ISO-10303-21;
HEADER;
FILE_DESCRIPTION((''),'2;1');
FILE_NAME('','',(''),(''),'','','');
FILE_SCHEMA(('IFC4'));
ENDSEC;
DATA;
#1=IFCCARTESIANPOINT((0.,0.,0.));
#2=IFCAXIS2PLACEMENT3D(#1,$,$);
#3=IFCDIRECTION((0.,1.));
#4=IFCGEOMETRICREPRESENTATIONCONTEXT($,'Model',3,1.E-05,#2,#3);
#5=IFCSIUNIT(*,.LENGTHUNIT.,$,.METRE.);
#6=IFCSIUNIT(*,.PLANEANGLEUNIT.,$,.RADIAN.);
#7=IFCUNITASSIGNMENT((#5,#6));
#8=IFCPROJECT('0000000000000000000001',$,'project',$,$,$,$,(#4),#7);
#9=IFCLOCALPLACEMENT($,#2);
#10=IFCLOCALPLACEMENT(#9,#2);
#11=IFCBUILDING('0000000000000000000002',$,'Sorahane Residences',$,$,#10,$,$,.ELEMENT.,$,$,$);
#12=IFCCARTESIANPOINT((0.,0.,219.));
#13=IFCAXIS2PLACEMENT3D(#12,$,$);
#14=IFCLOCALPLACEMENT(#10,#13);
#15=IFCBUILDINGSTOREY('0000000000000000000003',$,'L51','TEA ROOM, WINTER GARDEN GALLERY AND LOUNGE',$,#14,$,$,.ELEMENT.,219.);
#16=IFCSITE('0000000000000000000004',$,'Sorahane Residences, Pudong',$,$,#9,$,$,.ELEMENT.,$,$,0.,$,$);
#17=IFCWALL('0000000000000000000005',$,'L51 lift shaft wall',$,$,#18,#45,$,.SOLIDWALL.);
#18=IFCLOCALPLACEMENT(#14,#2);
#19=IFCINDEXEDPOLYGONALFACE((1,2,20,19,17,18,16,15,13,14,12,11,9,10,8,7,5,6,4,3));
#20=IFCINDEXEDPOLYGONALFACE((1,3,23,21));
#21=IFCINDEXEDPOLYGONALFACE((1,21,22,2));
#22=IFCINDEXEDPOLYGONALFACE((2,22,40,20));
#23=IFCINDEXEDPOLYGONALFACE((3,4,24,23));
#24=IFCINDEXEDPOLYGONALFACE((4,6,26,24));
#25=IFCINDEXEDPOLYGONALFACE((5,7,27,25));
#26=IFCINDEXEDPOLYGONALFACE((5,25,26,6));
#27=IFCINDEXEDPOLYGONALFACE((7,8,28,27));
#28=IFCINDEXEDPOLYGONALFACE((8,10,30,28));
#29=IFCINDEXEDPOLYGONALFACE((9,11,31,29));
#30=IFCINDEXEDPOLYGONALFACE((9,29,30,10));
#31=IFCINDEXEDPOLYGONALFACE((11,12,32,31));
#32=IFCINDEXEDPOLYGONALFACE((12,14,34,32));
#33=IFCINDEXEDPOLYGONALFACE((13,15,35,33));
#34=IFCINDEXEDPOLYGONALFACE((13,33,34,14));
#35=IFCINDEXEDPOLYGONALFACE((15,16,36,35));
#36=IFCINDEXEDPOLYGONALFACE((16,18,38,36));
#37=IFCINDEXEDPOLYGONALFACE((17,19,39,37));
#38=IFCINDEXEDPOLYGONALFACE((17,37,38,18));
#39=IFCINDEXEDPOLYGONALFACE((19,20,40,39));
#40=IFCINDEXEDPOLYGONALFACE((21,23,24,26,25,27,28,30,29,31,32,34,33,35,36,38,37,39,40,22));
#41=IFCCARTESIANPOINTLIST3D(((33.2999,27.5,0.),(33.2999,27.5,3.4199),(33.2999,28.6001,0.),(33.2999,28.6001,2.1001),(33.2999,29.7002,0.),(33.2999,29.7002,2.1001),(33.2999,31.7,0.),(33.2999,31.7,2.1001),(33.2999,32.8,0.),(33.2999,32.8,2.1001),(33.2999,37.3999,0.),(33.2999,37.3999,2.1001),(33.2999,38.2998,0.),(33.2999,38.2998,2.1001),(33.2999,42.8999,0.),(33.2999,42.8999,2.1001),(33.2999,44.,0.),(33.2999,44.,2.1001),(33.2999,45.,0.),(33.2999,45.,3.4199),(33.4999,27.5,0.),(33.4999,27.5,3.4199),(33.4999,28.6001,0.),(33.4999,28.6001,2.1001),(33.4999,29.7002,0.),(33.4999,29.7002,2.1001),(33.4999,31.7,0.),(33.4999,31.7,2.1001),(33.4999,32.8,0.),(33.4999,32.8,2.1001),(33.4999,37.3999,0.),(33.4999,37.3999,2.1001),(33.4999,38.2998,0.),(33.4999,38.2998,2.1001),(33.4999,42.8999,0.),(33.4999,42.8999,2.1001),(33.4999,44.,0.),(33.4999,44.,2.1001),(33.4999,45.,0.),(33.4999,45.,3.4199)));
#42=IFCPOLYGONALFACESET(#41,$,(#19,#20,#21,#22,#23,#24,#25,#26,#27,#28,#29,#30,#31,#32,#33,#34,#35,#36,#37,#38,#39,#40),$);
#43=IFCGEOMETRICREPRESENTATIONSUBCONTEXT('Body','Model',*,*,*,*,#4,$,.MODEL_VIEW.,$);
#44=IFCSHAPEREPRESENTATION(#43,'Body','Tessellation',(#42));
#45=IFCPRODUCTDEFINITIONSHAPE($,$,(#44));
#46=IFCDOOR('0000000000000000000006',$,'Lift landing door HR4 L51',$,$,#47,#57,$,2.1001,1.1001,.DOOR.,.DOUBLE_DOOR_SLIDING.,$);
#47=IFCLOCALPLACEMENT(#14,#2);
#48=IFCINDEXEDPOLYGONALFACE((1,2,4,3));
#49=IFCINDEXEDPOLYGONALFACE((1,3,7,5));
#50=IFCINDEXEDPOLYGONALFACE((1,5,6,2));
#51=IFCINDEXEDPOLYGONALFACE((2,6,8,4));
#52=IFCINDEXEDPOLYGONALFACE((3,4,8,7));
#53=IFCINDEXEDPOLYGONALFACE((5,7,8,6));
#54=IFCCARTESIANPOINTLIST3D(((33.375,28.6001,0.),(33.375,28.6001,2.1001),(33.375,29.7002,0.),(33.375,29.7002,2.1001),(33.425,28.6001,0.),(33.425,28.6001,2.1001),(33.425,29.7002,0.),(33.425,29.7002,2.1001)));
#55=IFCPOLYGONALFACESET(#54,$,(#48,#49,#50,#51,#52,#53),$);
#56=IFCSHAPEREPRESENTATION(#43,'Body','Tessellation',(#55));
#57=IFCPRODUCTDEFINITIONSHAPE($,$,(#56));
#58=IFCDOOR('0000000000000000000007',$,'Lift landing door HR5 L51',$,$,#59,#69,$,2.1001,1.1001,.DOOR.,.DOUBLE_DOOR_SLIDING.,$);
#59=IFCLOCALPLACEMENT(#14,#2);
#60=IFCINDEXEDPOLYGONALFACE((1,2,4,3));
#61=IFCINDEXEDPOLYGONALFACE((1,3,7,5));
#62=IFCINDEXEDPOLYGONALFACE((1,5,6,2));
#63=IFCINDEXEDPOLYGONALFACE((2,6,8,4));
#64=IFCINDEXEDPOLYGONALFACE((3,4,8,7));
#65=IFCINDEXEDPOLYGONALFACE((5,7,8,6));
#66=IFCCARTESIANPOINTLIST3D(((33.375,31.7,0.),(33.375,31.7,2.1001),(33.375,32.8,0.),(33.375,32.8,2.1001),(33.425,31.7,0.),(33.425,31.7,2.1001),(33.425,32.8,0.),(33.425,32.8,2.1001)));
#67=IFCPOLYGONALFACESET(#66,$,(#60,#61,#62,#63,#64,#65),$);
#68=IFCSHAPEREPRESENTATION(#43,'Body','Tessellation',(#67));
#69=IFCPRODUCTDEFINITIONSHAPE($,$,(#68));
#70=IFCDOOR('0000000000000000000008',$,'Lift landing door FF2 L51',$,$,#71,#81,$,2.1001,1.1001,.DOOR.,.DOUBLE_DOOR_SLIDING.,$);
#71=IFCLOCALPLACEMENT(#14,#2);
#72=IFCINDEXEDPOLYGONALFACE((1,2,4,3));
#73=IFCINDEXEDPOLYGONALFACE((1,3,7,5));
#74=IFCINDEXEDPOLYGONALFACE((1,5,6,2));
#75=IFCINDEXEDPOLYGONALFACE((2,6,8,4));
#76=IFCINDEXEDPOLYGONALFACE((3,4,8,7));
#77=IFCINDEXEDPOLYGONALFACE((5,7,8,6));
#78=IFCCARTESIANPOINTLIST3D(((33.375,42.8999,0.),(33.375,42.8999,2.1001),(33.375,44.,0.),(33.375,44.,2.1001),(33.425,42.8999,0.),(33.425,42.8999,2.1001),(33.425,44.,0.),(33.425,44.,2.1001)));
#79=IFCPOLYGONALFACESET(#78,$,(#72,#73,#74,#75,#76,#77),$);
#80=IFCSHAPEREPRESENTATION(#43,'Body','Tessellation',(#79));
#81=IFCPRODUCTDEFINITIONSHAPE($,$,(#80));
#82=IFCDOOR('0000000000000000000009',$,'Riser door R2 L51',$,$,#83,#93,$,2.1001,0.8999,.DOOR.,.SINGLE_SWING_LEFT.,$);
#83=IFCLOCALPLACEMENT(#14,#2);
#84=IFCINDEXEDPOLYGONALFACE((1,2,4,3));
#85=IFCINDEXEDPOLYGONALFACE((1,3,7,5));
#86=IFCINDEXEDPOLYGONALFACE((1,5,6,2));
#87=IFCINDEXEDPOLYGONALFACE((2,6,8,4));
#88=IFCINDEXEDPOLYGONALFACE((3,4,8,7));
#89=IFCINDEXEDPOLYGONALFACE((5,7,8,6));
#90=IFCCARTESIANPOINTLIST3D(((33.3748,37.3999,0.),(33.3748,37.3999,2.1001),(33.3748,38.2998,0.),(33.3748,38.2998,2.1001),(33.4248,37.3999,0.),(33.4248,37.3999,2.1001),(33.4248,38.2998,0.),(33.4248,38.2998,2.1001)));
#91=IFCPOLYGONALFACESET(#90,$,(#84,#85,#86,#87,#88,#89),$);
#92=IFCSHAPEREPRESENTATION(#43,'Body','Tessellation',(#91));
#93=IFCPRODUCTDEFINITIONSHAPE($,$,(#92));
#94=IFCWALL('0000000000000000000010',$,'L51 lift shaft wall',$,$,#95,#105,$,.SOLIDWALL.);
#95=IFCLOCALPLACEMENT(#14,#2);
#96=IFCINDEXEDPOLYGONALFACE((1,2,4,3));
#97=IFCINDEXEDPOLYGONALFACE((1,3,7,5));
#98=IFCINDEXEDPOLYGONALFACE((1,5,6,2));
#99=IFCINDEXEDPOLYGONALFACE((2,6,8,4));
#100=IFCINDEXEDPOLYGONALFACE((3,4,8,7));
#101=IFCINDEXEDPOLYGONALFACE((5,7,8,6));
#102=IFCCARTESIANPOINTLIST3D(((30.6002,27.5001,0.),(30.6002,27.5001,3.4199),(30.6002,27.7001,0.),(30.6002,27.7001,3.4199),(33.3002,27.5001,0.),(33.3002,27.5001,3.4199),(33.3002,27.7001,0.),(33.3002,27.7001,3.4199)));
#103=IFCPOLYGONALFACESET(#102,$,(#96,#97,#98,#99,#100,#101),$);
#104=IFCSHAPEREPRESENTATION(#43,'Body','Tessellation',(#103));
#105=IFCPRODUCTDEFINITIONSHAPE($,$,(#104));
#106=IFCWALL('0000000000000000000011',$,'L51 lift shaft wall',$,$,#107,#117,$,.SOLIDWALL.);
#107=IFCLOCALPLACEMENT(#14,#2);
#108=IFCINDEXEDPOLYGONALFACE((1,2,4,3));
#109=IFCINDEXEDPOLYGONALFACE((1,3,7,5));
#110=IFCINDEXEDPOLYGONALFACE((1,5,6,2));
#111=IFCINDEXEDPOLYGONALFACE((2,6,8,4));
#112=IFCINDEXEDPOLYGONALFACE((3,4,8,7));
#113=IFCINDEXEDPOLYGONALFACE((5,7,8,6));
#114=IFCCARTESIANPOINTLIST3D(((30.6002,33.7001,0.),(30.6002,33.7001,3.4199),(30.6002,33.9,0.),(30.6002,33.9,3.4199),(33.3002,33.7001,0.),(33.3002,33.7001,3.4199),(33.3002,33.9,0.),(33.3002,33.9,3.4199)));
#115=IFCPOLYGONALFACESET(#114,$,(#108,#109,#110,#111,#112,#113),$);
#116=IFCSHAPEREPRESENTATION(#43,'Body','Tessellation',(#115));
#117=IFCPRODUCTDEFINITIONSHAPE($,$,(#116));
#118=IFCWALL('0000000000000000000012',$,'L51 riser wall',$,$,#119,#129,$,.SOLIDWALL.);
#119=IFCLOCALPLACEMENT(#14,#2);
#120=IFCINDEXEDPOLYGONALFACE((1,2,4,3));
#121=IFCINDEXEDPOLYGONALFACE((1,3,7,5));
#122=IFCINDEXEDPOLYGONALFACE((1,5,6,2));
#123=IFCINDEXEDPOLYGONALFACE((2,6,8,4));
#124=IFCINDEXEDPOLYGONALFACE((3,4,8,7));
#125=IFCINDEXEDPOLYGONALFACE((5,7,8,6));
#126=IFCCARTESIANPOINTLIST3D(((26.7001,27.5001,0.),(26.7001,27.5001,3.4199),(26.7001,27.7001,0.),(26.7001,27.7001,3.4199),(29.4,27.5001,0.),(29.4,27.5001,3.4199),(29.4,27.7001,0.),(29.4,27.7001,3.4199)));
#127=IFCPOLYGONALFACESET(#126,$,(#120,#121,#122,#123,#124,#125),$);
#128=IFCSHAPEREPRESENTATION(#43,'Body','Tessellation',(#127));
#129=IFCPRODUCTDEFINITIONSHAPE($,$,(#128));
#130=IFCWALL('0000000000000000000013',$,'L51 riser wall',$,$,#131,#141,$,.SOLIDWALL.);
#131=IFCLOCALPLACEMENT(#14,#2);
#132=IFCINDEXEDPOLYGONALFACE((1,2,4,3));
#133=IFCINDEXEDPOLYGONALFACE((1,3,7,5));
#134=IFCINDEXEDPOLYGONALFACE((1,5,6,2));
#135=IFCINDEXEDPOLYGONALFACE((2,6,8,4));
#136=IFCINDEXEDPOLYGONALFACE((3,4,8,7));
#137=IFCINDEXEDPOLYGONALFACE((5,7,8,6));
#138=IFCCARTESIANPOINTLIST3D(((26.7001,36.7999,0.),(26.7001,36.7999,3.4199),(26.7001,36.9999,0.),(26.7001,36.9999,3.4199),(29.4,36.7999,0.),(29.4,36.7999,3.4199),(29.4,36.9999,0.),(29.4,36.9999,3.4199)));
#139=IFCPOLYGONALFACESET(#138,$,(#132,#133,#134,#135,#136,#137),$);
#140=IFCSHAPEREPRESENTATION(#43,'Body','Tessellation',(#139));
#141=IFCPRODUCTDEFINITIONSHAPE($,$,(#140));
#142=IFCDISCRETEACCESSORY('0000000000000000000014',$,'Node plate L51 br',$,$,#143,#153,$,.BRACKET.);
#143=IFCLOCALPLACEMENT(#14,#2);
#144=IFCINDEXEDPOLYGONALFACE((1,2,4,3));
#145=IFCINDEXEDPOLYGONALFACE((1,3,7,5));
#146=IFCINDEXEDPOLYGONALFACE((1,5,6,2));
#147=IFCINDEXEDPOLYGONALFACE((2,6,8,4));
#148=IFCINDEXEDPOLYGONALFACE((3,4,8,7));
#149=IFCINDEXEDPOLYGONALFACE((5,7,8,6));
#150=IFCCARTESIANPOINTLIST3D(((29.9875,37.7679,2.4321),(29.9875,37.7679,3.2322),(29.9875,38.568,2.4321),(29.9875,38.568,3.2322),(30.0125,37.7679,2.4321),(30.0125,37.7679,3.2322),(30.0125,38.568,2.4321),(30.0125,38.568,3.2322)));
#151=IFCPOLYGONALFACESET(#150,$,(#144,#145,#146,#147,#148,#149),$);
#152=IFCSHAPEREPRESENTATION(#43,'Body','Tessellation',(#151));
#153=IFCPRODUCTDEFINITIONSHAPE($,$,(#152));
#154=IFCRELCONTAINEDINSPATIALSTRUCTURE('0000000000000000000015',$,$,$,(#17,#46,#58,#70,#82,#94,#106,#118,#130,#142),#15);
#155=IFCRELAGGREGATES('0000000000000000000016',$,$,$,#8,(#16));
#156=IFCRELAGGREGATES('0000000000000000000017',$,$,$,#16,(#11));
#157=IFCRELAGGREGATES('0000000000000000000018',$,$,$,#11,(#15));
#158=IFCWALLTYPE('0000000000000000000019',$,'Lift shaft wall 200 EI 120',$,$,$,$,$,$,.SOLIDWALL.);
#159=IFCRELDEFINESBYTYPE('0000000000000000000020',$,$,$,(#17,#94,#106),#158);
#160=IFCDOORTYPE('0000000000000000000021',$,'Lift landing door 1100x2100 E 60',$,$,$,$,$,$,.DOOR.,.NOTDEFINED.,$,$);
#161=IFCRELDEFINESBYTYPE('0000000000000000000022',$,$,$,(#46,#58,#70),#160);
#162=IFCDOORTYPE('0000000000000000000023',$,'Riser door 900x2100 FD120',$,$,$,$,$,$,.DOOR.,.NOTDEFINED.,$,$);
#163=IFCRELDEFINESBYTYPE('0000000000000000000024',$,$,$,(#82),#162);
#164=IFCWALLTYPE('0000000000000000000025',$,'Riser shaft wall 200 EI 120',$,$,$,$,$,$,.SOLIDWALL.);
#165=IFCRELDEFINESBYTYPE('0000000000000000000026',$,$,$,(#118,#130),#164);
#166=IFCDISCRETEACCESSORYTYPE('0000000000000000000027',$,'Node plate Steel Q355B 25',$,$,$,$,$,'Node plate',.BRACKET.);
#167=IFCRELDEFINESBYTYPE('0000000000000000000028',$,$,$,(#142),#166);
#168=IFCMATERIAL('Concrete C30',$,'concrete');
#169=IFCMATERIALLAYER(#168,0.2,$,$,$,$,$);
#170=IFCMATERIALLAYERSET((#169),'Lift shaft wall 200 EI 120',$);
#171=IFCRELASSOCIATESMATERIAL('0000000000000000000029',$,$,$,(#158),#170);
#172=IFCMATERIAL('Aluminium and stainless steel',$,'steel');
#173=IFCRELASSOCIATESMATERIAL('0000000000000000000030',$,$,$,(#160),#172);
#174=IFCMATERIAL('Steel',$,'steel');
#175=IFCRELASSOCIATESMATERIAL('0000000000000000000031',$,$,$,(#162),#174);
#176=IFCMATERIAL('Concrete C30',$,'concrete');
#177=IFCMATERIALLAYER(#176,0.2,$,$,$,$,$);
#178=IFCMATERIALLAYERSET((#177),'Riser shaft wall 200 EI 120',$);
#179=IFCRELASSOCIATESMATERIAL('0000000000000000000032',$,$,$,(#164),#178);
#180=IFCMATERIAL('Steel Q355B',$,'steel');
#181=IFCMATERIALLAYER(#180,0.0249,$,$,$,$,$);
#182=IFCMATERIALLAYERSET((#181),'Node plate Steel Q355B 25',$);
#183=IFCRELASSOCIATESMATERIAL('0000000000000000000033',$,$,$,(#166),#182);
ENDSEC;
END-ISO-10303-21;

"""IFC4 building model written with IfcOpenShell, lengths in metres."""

from ifc_helpers import new_model, si_unit, direction, frame, frame_2d, origin, origin_2d, place, context, subcontext, project, spatial, rectangle, extrude, material, layer, layer_set, type_object, element, fill, save


model = new_model("IFC4")

# Units and contexts
model_context = context("Model", 3, precision=1e-05, world=origin(), true_north=direction((0.0, 1.0)))
body_context = subcontext(model_context, "Body", "Model", "MODEL_VIEW")
ifc_project = project(units=[si_unit("LENGTHUNIT", "METRE"), si_unit("PLANEANGLEUNIT", "RADIAN")], contexts=[model_context])

# Site, building, storey
site_placement = place(None, origin())
site = spatial("IfcSite", under=ifc_project, at=site_placement, Name="Sorahane Residences, Pudong", CompositionType="ELEMENT", RefElevation=0.0)
building_placement = place(site_placement, origin())
building = spatial("IfcBuilding", under=site, at=building_placement, Name="Sorahane Residences", CompositionType="ELEMENT")
storey_placement = place(building_placement, frame((0.0, 0.0, 219.0)))
storey = spatial("IfcBuildingStorey", under=building, at=storey_placement, Name="L51", Description="TEA ROOM, WINTER GARDEN GALLERY AND LOUNGE", CompositionType="ELEMENT", Elevation=219.0)

# Wall, openings, doors
ifc_material_1 = material(Name="Concrete C30", Category="concrete")
ifc_layer_1 = layer(ifc_material_1, 0.2)
ifc_layer_set_1 = layer_set([ifc_layer_1], Name="Lift shaft wall 200 EI 120")
wall_type_1 = type_object("IfcWallType", Name="Lift shaft wall 200 EI 120", PredefinedType="SOLIDWALL", material=ifc_layer_set_1)
wall_1_placement = place(storey_placement, frame((33.3999, 27.5, 0.0), z_axis=(0.0, 0.0, 1.0), x_axis=(0.0, 1.0, 0.0)))
wall_1 = element("IfcWall", 1, at=wall_1_placement, inside=storey, type_object=wall_type_1, Name="L51 lift shaft wall", PredefinedType="SOLIDWALL", context=body_context, shape_type="SweptSolid", body=[
    extrude(rectangle(XDim=17.5, YDim=0.2, at=frame_2d((8.75, 0.0))), origin(), (0.0, 0.0, 1.0), 3.4199),
])
opening_1_placement = place(wall_1_placement, frame((1.1001, 0.0, 0.0)))
opening_1 = element("IfcOpeningElement", 2, at=opening_1_placement, cuts=wall_1, PredefinedType="OPENING", context=body_context, shape_type="SweptSolid", body=[
    extrude(rectangle(XDim=1.1001, YDim=2.1001, at=frame_2d((0.55, 1.05))), frame((0.0, 0.1099, 0.0), z_axis=(0.0, -1.0, 0.0), x_axis=(1.0, 0.0, 0.0)), (0.0, 0.0, 1.0), 0.22),
])
opening_2_placement = place(wall_1_placement, frame((4.2, 0.0, 0.0)))
opening_2 = element("IfcOpeningElement", 3, at=opening_2_placement, cuts=wall_1, PredefinedType="OPENING", context=body_context, shape_type="SweptSolid", body=[
    extrude(rectangle(XDim=1.1001, YDim=2.1001, at=frame_2d((0.55, 1.05))), frame((0.0, 0.1099, 0.0), z_axis=(0.0, -1.0, 0.0), x_axis=(1.0, 0.0, 0.0)), (0.0, 0.0, 1.0), 0.22),
])
opening_3_placement = place(wall_1_placement, frame((15.3999, 0.0, 0.0)))
opening_3 = element("IfcOpeningElement", 4, at=opening_3_placement, cuts=wall_1, PredefinedType="OPENING", context=body_context, shape_type="SweptSolid", body=[
    extrude(rectangle(XDim=1.1001, YDim=2.1001, at=frame_2d((0.55, 1.05))), frame((0.0, 0.1099, 0.0), z_axis=(0.0, -1.0, 0.0), x_axis=(1.0, 0.0, 0.0)), (0.0, 0.0, 1.0), 0.22),
])
opening_4_placement = place(wall_1_placement, frame((9.8999, 0.0, 0.0)))
opening_4 = element("IfcOpeningElement", 5, at=opening_4_placement, cuts=wall_1, PredefinedType="OPENING", context=body_context, shape_type="SweptSolid", body=[
    extrude(rectangle(XDim=0.8999, YDim=2.1001, at=frame_2d((0.45, 1.05))), frame((0.0, 0.1099, 0.0), z_axis=(0.0, -1.0, 0.0), x_axis=(1.0, 0.0, 0.0)), (0.0, 0.0, 1.0), 0.22),
])
ifc_material_2 = material(Name="Aluminium and stainless steel", Category="steel")
door_type_1 = type_object("IfcDoorType", Name="Lift landing door 1100x2100 E 60", OperationType="NOTDEFINED", PredefinedType="DOOR", material=ifc_material_2)
door_1_placement = place(opening_1_placement, origin())
door_1 = element("IfcDoor", 6, at=door_1_placement, inside=storey, type_object=door_type_1, Name="Lift landing door HR4 L51", OperationType="DOUBLE_DOOR_SLIDING", OverallHeight=2.1001, OverallWidth=1.1001, PredefinedType="DOOR", context=body_context, shape_type="SweptSolid", body=[
    extrude(rectangle(XDim=1.1001, YDim=2.1001, at=frame_2d((0.55, 1.05))), frame((0.0, 0.0249, 0.0), z_axis=(0.0, -1.0, 0.0), x_axis=(1.0, 0.0, 0.0)), (0.0, 0.0, 1.0), 0.05),
])
fill(opening_1, door_1)
door_2_placement = place(opening_2_placement, origin())
door_2 = element("IfcDoor", 7, at=door_2_placement, inside=storey, type_object=door_type_1, Name="Lift landing door HR5 L51", OperationType="DOUBLE_DOOR_SLIDING", OverallHeight=2.1001, OverallWidth=1.1001, PredefinedType="DOOR", context=body_context, shape_type="SweptSolid", body=[
    extrude(rectangle(XDim=1.1001, YDim=2.1001, at=frame_2d((0.55, 1.05))), frame((0.0, 0.0249, 0.0), z_axis=(0.0, -1.0, 0.0), x_axis=(1.0, 0.0, 0.0)), (0.0, 0.0, 1.0), 0.05),
])
fill(opening_2, door_2)
door_3_placement = place(opening_3_placement, origin())
door_3 = element("IfcDoor", 8, at=door_3_placement, inside=storey, type_object=door_type_1, Name="Lift landing door FF2 L51", OperationType="DOUBLE_DOOR_SLIDING", OverallHeight=2.1001, OverallWidth=1.1001, PredefinedType="DOOR", context=body_context, shape_type="SweptSolid", body=[
    extrude(rectangle(XDim=1.1001, YDim=2.1001, at=frame_2d((0.55, 1.05))), frame((0.0, 0.0249, 0.0), z_axis=(0.0, -1.0, 0.0), x_axis=(1.0, 0.0, 0.0)), (0.0, 0.0, 1.0), 0.05),
])
fill(opening_3, door_3)
ifc_material_3 = material(Name="Steel", Category="steel")
door_type_2 = type_object("IfcDoorType", Name="Riser door 900x2100 FD120", OperationType="NOTDEFINED", PredefinedType="DOOR", material=ifc_material_3)
door_4_placement = place(opening_4_placement, frame((0.8999, 0.0, 0.0), z_axis=(0.0, 0.0, 1.0), x_axis=(-1.0, 0.0, 0.0)))
door_4 = element("IfcDoor", 9, at=door_4_placement, inside=storey, type_object=door_type_2, Name="Riser door R2 L51", OperationType="SINGLE_SWING_LEFT", OverallHeight=2.1001, OverallWidth=0.8999, PredefinedType="DOOR", context=body_context, shape_type="SweptSolid", body=[
    extrude(rectangle(XDim=0.8999, YDim=2.1001, at=frame_2d((0.45, 1.05))), frame((0.0, 0.0249, 0.0), z_axis=(0.0, -1.0, 0.0), x_axis=(1.0, 0.0, 0.0)), (0.0, 0.0, 1.0), 0.05),
])
fill(opening_4, door_4)

# Walls
for number, where, z_axis, x_axis, name in (
    (10, (30.6001, 27.6001, 0.0), (0.0, 0.0, 1.0), (1.0, 0.0, 0.0), "L51 lift shaft wall"),
    (11, (30.6001, 33.8, 0.0), (0.0, 0.0, 1.0), (1.0, 0.0, 0.0), "L51 lift shaft wall"),
):
    element("IfcWall", number, at=place(storey_placement, frame(where, z_axis=z_axis, x_axis=x_axis)), inside=storey, type_object=wall_type_1, Name=name, PredefinedType="SOLIDWALL", context=body_context, shape_type="SweptSolid", body=[
        extrude(rectangle(XDim=2.7, YDim=0.2, at=frame_2d((1.3501, 0.0))), origin(), (0.0, 0.0, 1.0), 3.4199),
    ])
ifc_material_4 = material(Name="Concrete C30", Category="concrete")
ifc_layer_2 = layer(ifc_material_4, 0.2)
ifc_layer_set_2 = layer_set([ifc_layer_2], Name="Riser shaft wall 200 EI 120")
wall_type_2 = type_object("IfcWallType", Name="Riser shaft wall 200 EI 120", PredefinedType="SOLIDWALL", material=ifc_layer_set_2)
for number, where, z_axis, x_axis, name in (
    (12, (26.7, 27.6001, 0.0), (0.0, 0.0, 1.0), (1.0, 0.0, 0.0), "L51 riser wall"),
    (13, (26.7, 36.8999, 0.0), (0.0, 0.0, 1.0), (1.0, 0.0, 0.0), "L51 riser wall"),
):
    element("IfcWall", number, at=place(storey_placement, frame(where, z_axis=z_axis, x_axis=x_axis)), inside=storey, type_object=wall_type_2, Name=name, PredefinedType="SOLIDWALL", context=body_context, shape_type="SweptSolid", body=[
        extrude(rectangle(XDim=2.7, YDim=0.2, at=frame_2d((1.3501, 0.0))), origin(), (0.0, 0.0, 1.0), 3.4199),
    ])

# Discrete accessory
ifc_material_5 = material(Name="Steel Q355B", Category="steel")
ifc_layer_3 = layer(ifc_material_5, 0.0249)
ifc_layer_set_3 = layer_set([ifc_layer_3], Name="Node plate Steel Q355B 25")
discrete_accessory_type = type_object("IfcDiscreteAccessoryType", Name="Node plate Steel Q355B 25", ElementType="Node plate", PredefinedType="BRACKET", material=ifc_layer_set_3)
discrete_accessory_placement = place(storey_placement, frame((30.0, 38.168, 2.4321), z_axis=(0.0, 0.0, 1.0), x_axis=(0.0, 1.0, 0.0)))
element("IfcDiscreteAccessory", 14, at=discrete_accessory_placement, inside=storey, type_object=discrete_accessory_type, Name="Node plate L51 br", PredefinedType="BRACKET", context=body_context, shape_type="SweptSolid", body=[
    extrude(rectangle(XDim=0.8, YDim=0.0249, at=origin_2d()), origin(), (0.0, 0.0, 1.0), 0.8),
])

save(model, "model.ifc")
